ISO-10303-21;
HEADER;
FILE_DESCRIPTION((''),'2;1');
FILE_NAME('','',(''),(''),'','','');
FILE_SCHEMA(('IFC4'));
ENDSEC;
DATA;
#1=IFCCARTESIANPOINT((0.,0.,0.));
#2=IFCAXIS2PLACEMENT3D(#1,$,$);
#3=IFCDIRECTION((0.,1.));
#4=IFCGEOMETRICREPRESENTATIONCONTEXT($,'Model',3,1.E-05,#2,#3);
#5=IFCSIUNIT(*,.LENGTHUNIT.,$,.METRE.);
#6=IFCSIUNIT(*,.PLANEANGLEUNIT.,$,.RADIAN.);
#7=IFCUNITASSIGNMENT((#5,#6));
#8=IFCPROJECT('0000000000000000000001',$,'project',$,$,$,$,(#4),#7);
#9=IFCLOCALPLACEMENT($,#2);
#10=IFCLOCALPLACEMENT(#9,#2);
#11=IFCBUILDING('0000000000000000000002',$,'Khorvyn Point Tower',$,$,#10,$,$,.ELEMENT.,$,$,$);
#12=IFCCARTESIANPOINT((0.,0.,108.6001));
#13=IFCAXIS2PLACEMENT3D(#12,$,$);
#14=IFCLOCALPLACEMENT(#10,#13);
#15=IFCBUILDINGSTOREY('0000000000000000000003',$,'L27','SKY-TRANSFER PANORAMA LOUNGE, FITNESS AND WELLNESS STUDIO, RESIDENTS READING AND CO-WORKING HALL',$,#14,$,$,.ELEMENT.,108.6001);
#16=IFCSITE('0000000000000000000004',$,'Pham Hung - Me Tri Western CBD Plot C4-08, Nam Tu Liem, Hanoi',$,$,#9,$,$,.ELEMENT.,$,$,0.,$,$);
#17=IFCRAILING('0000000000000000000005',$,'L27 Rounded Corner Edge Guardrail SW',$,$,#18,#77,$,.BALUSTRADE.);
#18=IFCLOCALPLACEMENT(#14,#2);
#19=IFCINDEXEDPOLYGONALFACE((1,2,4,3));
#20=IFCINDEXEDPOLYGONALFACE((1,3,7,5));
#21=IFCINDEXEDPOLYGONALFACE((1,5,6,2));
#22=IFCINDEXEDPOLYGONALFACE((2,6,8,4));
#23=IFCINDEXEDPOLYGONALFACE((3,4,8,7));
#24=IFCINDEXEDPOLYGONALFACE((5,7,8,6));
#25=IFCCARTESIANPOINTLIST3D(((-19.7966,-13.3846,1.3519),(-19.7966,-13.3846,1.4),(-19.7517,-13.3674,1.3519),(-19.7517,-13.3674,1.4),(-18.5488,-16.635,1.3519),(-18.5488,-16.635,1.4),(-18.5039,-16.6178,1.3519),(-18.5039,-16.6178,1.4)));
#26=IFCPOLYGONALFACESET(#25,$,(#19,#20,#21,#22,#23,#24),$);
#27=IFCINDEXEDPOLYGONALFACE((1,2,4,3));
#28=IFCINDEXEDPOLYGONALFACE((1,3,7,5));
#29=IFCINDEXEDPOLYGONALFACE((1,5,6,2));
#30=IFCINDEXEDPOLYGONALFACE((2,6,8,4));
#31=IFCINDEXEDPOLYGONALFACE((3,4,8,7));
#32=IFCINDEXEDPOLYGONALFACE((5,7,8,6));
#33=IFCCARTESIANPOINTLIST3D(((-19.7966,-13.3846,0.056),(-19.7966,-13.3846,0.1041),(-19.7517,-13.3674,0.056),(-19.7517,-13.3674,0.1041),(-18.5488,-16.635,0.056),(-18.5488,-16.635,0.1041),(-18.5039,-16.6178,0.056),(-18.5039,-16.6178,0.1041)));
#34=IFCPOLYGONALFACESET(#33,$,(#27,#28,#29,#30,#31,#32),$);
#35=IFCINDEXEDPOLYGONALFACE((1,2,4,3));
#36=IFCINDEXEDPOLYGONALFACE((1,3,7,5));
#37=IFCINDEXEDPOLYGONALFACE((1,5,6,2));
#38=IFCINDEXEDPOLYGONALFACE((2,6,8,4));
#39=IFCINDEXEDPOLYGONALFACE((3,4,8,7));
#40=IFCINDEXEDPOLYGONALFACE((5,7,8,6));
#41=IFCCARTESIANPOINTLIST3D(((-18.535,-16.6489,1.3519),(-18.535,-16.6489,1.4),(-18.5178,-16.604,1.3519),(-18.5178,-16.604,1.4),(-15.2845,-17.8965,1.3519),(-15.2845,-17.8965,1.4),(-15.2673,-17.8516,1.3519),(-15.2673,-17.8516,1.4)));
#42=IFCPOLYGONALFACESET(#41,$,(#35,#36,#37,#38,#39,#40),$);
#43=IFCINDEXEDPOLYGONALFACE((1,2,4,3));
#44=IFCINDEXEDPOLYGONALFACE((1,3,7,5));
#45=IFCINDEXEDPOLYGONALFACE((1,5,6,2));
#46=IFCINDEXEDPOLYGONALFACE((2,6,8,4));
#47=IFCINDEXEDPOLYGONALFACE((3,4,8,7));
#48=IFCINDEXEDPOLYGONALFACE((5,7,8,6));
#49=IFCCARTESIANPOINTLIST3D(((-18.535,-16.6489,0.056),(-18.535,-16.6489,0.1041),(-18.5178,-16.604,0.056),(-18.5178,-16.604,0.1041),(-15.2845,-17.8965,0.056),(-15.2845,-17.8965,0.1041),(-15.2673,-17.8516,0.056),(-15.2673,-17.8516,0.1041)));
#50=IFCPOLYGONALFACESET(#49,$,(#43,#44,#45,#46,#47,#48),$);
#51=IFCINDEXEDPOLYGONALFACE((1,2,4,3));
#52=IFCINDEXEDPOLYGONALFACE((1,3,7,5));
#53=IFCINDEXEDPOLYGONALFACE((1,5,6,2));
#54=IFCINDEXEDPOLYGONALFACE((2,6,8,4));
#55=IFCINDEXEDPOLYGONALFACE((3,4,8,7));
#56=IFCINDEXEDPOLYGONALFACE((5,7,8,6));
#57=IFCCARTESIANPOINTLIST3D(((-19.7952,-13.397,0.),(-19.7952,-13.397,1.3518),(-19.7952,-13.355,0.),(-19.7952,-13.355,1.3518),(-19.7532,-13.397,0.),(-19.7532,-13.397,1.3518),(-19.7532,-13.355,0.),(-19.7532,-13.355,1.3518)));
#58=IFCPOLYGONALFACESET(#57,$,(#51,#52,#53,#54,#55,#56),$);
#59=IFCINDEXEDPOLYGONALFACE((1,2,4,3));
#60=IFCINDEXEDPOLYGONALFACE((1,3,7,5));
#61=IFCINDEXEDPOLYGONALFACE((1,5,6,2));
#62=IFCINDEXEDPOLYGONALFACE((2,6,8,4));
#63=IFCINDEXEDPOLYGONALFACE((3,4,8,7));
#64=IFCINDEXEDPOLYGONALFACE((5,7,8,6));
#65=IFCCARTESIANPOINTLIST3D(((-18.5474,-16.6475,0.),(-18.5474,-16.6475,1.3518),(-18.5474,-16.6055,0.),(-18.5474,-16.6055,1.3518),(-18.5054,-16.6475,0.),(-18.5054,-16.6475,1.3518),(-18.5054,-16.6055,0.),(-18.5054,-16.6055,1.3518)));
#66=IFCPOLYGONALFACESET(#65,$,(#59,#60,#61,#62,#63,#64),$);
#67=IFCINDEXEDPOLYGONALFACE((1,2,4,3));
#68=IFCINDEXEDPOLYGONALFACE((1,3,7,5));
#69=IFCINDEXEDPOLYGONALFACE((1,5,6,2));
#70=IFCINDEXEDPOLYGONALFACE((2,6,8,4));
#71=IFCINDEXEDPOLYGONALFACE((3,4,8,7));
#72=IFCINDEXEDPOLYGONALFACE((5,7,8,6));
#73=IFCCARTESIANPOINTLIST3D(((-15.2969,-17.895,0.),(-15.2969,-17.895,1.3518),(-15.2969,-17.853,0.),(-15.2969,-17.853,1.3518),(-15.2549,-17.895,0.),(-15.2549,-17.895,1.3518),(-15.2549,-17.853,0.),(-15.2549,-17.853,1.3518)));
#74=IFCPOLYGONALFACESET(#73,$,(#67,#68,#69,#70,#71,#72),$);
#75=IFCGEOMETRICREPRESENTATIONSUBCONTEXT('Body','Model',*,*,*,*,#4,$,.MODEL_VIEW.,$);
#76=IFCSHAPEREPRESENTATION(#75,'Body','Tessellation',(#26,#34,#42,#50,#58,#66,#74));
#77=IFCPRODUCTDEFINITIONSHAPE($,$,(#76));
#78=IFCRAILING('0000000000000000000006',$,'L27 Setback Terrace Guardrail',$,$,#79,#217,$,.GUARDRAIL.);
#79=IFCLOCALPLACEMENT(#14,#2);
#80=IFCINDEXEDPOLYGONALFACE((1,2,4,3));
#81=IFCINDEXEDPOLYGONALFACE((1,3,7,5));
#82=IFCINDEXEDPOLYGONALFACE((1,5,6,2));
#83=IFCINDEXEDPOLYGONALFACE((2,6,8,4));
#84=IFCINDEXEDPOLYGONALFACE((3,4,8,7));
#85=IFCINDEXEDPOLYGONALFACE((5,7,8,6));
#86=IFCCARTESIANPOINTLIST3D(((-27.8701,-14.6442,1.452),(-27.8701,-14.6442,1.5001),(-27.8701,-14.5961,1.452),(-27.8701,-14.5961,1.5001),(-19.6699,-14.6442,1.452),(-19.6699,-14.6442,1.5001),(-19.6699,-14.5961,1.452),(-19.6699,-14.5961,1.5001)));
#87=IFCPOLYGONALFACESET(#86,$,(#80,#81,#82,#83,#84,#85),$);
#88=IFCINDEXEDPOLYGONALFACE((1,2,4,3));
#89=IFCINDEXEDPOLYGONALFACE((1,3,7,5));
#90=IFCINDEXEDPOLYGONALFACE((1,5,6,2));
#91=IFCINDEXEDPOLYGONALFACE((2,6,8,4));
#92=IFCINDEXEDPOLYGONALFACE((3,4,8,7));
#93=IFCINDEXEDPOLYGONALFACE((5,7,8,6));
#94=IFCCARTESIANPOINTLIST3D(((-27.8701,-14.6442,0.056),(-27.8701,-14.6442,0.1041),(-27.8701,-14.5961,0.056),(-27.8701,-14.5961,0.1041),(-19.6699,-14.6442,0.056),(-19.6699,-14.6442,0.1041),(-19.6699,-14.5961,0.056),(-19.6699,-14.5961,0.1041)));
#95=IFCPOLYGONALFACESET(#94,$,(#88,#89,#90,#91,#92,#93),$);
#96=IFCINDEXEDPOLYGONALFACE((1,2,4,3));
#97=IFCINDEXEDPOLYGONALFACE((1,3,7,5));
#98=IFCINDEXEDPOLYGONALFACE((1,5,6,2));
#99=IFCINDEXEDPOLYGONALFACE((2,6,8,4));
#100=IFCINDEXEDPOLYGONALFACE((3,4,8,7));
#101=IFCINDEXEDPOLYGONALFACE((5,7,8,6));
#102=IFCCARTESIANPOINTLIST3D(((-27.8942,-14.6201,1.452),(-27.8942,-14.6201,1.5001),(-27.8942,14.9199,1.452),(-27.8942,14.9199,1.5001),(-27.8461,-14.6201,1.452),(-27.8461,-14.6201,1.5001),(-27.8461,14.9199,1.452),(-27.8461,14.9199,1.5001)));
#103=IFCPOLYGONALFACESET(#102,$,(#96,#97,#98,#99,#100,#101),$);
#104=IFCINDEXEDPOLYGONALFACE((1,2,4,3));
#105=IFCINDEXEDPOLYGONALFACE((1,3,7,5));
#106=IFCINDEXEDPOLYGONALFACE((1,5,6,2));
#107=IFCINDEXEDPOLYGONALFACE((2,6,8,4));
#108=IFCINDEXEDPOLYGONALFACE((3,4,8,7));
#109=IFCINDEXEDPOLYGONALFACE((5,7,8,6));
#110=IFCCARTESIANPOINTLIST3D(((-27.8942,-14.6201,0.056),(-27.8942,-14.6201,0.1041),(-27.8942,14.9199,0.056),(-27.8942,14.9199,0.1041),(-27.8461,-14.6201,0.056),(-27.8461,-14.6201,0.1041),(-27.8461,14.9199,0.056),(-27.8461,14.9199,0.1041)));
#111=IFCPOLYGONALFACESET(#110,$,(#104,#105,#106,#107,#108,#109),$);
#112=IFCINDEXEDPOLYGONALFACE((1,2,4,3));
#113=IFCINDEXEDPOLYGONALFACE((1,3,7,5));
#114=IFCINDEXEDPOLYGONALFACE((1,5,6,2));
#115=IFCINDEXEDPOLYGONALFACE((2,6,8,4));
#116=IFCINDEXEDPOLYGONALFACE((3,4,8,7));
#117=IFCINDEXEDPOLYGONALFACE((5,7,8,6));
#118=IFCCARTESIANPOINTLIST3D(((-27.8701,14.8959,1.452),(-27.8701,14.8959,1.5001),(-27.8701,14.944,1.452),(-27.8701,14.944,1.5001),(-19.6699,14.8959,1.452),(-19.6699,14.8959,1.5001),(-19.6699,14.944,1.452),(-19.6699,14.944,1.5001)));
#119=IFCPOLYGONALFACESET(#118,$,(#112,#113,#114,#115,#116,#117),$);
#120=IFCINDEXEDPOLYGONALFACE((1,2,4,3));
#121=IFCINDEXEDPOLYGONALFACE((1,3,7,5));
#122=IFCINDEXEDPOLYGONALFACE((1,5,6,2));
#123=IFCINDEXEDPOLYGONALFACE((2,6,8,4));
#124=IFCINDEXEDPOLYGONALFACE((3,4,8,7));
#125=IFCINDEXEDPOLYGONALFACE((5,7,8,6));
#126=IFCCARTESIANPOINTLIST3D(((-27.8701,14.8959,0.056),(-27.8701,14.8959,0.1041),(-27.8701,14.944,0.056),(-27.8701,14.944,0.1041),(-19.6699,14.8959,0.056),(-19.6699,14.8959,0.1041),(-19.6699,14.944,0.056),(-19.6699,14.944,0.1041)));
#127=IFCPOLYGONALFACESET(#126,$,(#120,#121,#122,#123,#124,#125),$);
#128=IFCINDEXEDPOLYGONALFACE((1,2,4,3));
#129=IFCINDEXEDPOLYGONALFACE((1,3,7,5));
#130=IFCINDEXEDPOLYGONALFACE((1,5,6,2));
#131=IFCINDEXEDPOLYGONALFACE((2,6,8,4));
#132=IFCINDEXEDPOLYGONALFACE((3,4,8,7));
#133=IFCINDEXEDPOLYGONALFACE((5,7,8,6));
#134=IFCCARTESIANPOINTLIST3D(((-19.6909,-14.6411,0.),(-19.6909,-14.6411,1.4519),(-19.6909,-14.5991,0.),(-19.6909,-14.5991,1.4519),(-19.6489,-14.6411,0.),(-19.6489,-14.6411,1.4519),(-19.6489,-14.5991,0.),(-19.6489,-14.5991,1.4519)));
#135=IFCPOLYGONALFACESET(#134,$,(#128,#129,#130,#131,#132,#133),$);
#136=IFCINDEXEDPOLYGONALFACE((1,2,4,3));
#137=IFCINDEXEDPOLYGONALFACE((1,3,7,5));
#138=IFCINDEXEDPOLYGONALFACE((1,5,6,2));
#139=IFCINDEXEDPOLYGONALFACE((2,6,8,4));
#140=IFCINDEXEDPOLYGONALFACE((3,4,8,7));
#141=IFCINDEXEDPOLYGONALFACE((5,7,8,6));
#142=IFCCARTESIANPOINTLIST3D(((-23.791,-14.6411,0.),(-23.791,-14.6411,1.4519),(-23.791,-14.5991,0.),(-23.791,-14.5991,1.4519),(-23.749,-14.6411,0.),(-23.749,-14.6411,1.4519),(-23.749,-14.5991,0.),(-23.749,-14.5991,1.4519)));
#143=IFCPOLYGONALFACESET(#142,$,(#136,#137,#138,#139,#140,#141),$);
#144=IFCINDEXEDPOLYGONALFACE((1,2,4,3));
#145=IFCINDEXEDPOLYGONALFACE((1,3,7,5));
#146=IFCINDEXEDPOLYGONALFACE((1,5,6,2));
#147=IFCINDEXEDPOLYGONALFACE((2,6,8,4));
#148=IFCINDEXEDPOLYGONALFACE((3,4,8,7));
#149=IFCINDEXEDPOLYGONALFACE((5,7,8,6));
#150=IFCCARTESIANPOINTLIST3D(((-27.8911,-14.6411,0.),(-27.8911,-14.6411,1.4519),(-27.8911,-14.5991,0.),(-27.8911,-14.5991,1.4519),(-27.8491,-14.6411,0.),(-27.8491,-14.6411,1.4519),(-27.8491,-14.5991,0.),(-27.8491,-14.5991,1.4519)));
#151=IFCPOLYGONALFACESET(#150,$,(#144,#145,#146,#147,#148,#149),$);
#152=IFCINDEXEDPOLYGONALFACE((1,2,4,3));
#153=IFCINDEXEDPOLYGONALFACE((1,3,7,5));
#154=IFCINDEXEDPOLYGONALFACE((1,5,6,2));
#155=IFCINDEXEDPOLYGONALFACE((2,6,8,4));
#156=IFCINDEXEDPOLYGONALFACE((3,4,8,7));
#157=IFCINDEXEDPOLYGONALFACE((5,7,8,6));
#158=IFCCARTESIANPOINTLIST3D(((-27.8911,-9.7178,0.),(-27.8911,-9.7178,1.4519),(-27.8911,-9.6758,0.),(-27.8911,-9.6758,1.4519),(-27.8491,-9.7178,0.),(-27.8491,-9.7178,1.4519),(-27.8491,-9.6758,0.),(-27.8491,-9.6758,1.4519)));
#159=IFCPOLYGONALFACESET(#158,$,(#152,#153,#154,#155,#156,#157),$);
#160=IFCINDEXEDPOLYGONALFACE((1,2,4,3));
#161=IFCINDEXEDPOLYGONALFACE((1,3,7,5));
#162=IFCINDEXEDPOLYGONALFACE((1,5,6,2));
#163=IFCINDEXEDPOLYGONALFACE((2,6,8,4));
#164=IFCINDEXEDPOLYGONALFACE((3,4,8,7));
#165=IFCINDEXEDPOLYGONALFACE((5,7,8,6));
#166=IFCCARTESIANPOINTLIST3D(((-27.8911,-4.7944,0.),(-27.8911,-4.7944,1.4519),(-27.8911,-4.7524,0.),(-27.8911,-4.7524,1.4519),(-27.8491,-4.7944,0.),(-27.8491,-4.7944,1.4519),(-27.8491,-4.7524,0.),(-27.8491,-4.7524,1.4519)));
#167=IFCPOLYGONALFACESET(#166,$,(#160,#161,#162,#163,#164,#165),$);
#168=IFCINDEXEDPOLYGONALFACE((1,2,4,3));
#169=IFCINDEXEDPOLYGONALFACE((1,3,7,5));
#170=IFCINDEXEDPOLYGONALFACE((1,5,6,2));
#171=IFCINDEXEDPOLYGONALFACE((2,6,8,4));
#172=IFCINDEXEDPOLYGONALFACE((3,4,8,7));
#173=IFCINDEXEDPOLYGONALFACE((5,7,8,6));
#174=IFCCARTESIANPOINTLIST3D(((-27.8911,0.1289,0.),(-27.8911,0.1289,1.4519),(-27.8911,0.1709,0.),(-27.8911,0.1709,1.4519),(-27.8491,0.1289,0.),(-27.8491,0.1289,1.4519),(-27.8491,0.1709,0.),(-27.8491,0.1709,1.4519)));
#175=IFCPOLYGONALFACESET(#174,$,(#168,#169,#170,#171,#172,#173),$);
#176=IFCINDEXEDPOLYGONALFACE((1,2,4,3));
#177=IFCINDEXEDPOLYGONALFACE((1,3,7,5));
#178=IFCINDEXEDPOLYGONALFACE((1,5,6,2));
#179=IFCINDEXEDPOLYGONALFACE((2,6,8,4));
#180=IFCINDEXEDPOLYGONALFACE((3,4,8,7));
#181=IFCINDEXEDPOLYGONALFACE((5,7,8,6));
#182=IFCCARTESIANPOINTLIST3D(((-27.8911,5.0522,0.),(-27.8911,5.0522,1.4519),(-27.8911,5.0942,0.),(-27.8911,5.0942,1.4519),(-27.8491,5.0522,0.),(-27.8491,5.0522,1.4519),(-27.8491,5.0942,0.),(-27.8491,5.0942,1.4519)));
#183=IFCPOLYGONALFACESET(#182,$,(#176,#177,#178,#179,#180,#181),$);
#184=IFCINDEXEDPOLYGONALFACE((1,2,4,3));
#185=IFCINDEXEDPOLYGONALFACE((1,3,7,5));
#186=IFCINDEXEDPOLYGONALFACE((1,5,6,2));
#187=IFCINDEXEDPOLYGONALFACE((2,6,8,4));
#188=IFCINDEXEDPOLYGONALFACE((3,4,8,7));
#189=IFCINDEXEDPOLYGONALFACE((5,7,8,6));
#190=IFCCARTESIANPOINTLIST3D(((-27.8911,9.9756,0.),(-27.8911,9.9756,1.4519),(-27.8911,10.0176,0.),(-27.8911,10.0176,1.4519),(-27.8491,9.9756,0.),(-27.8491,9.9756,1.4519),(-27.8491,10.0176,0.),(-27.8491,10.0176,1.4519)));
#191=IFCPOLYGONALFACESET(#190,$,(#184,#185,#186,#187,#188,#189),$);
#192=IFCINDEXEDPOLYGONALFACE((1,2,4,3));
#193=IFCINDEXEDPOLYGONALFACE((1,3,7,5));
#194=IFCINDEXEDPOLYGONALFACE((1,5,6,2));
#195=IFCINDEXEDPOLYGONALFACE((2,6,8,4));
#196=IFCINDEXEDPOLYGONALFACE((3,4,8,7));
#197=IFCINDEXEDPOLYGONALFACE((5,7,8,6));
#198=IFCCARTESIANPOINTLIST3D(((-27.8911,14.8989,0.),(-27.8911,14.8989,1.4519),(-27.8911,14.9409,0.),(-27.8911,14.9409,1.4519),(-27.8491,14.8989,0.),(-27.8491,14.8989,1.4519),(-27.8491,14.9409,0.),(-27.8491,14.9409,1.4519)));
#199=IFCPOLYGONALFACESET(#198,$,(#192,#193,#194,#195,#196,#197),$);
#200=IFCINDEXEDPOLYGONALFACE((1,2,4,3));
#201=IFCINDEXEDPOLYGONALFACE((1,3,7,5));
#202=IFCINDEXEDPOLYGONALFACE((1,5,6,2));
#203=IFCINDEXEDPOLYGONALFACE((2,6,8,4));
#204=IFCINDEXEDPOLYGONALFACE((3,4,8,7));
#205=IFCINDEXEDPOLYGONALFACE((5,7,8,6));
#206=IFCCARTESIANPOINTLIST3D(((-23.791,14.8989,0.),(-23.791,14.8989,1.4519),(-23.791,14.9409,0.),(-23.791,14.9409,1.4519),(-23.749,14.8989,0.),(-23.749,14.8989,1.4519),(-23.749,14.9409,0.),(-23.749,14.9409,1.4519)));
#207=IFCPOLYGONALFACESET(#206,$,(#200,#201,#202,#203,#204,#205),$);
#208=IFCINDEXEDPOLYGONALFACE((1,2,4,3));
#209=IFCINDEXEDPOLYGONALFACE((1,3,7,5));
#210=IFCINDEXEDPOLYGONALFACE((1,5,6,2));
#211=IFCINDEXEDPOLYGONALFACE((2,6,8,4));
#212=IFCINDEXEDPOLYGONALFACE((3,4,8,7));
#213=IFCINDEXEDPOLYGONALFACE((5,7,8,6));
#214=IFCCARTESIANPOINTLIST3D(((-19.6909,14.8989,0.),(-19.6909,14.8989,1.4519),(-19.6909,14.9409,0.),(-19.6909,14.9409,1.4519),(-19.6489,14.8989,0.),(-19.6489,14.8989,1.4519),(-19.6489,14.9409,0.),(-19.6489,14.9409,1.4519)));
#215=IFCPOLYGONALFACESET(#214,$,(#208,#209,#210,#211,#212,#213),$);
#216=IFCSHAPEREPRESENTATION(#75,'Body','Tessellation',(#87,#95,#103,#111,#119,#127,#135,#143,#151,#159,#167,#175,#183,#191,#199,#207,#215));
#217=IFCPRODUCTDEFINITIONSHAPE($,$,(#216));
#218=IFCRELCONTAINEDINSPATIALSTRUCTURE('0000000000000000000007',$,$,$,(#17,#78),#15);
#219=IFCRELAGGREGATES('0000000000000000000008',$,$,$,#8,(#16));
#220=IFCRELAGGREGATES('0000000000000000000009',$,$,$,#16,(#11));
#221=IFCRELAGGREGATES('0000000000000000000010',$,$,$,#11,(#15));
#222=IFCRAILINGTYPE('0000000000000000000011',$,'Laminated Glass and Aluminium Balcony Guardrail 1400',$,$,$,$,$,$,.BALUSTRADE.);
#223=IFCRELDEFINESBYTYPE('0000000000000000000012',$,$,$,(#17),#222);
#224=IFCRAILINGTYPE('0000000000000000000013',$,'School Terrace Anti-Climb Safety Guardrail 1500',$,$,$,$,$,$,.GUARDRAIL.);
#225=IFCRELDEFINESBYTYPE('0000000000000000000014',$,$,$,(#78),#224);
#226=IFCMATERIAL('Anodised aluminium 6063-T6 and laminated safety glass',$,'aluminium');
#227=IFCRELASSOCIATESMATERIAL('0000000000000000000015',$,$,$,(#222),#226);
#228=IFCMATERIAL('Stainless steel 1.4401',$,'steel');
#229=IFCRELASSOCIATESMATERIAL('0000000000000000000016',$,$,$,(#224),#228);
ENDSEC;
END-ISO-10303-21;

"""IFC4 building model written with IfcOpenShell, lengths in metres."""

from ifc_helpers import new_model, si_unit, direction, frame, origin, origin_2d, place, context, subcontext, project, spatial, rectangle, extrude, material, type_object, element, save


model = new_model("IFC4")

# Units and contexts
model_context = context("Model", 3, precision=1e-05, world=origin(), true_north=direction((0.0, 1.0)))
body_context = subcontext(model_context, "Body", "Model", "MODEL_VIEW")
ifc_project = project(units=[si_unit("LENGTHUNIT", "METRE"), si_unit("PLANEANGLEUNIT", "RADIAN")], contexts=[model_context])

# Site, building, storey
site_placement = place(None, origin())
site = spatial("IfcSite", under=ifc_project, at=site_placement, Name="Pham Hung - Me Tri Western CBD Plot C4-08, Nam Tu Liem, Hanoi", CompositionType="ELEMENT", RefElevation=0.0)
building_placement = place(site_placement, origin())
building = spatial("IfcBuilding", under=site, at=building_placement, Name="Khorvyn Point Tower", CompositionType="ELEMENT")
storey_placement = place(building_placement, frame((0.0, 0.0, 108.6001)))
storey = spatial("IfcBuildingStorey", under=building, at=storey_placement, Name="L27", Description="SKY-TRANSFER PANORAMA LOUNGE, FITNESS AND WELLNESS STUDIO, RESIDENTS READING AND CO-WORKING HALL", CompositionType="ELEMENT", Elevation=108.6001)

# Railings
ifc_material_1 = material(Name="Anodised aluminium 6063-T6 and laminated safety glass", Category="aluminium")
railing_type_1 = type_object("IfcRailingType", Name="Laminated Glass and Aluminium Balcony Guardrail 1400", PredefinedType="BALUSTRADE", material=ifc_material_1)
railing_1_placement = place(storey_placement, frame((-19.7742, -13.376, 0.0)))
element("IfcRailing", 1, at=railing_1_placement, inside=storey, type_object=railing_type_1, Name="L27 Rounded Corner Edge Guardrail SW", PredefinedType="BALUSTRADE", context=body_context, shape_type="SweptSolid", body=[
    extrude(rectangle(XDim=0.0481, YDim=0.0481, at=origin_2d()), frame((0.0, 0.0, 1.376), z_axis=(0.358382, -0.933575, 0.0), x_axis=(0.933575, 0.358382, 0.0)), (0.0, 0.0, 1.0), 3.4817),
    extrude(rectangle(XDim=0.0481, YDim=0.0481, at=origin_2d()), frame((0.0, 0.0, 0.0801), z_axis=(0.358382, -0.933575, 0.0), x_axis=(0.933575, 0.358382, 0.0)), (0.0, 0.0, 1.0), 3.4817),
    extrude(rectangle(XDim=0.0481, YDim=0.0481, at=origin_2d()), frame((1.2478, -3.2505, 1.376), z_axis=(0.933598, -0.358321, 0.0), x_axis=(0.358321, 0.933598, 0.0)), (0.0, 0.0, 1.0), 3.4817),
    extrude(rectangle(XDim=0.0481, YDim=0.0481, at=origin_2d()), frame((1.2478, -3.2505, 0.0801), z_axis=(0.933598, -0.358321, 0.0), x_axis=(0.358321, 0.933598, 0.0)), (0.0, 0.0, 1.0), 3.4817),
    extrude(rectangle(XDim=0.042, YDim=0.042, at=origin_2d()), origin(), (0.0, 0.0, 1.0), 1.3518),
    extrude(rectangle(XDim=0.042, YDim=0.042, at=origin_2d()), frame((1.2478, -3.2505, 0.0)), (0.0, 0.0, 1.0), 1.3518),
    extrude(rectangle(XDim=0.042, YDim=0.042, at=origin_2d()), frame((4.4983, -4.498, 0.0)), (0.0, 0.0, 1.0), 1.3518),
])
ifc_material_2 = material(Name="Stainless steel 1.4401", Category="steel")
railing_type_2 = type_object("IfcRailingType", Name="School Terrace Anti-Climb Safety Guardrail 1500", PredefinedType="GUARDRAIL", material=ifc_material_2)
railing_2_placement = place(storey_placement, frame((-19.6699, -14.6201, 0.0)))
element("IfcRailing", 2, at=railing_2_placement, inside=storey, type_object=railing_type_2, Name="L27 Setback Terrace Guardrail", PredefinedType="GUARDRAIL", context=body_context, shape_type="SweptSolid", body=[
    extrude(rectangle(XDim=0.0481, YDim=0.0481, at=origin_2d()), frame((0.0, 0.0, 1.4761), z_axis=(-1.0, 0.0, 0.0), x_axis=(0.0, -1.0, 0.0)), (0.0, 0.0, 1.0), 8.2002),
    extrude(rectangle(XDim=0.0481, YDim=0.0481, at=origin_2d()), frame((0.0, 0.0, 0.0801), z_axis=(-1.0, 0.0, 0.0), x_axis=(0.0, -1.0, 0.0)), (0.0, 0.0, 1.0), 8.2002),
    extrude(rectangle(XDim=0.0481, YDim=0.0481, at=origin_2d()), frame((-8.2002, 0.0, 1.4761), z_axis=(0.0, 1.0, 0.0), x_axis=(-1.0, 0.0, 0.0)), (0.0, 0.0, 1.0), 29.54),
    extrude(rectangle(XDim=0.0481, YDim=0.0481, at=origin_2d()), frame((-8.2002, 0.0, 0.0801), z_axis=(0.0, 1.0, 0.0), x_axis=(-1.0, 0.0, 0.0)), (0.0, 0.0, 1.0), 29.54),
    extrude(rectangle(XDim=0.0481, YDim=0.0481, at=origin_2d()), frame((-8.2002, 29.54, 1.4761), z_axis=(1.0, 0.0, 0.0), x_axis=(0.0, 1.0, 0.0)), (0.0, 0.0, 1.0), 8.2002),
    extrude(rectangle(XDim=0.0481, YDim=0.0481, at=origin_2d()), frame((-8.2002, 29.54, 0.0801), z_axis=(1.0, 0.0, 0.0), x_axis=(0.0, 1.0, 0.0)), (0.0, 0.0, 1.0), 8.2002),
    extrude(rectangle(XDim=0.042, YDim=0.042, at=origin_2d()), origin(), (0.0, 0.0, 1.0), 1.4519),
    extrude(rectangle(XDim=0.042, YDim=0.042, at=origin_2d()), frame((-4.1001, 0.0, 0.0)), (0.0, 0.0, 1.0), 1.4519),
    extrude(rectangle(XDim=0.042, YDim=0.042, at=origin_2d()), frame((-8.2002, 0.0, 0.0)), (0.0, 0.0, 1.0), 1.4519),
    extrude(rectangle(XDim=0.042, YDim=0.042, at=origin_2d()), frame((-8.2002, 4.9233, 0.0)), (0.0, 0.0, 1.0), 1.4519),
    extrude(rectangle(XDim=0.042, YDim=0.042, at=origin_2d()), frame((-8.2002, 9.8467, 0.0)), (0.0, 0.0, 1.0), 1.4519),
    extrude(rectangle(XDim=0.042, YDim=0.042, at=origin_2d()), frame((-8.2002, 14.77, 0.0)), (0.0, 0.0, 1.0), 1.4519),
    extrude(rectangle(XDim=0.042, YDim=0.042, at=origin_2d()), frame((-8.2002, 19.6934, 0.0)), (0.0, 0.0, 1.0), 1.4519),
    extrude(rectangle(XDim=0.042, YDim=0.042, at=origin_2d()), frame((-8.2002, 24.6167, 0.0)), (0.0, 0.0, 1.0), 1.4519),
    extrude(rectangle(XDim=0.042, YDim=0.042, at=origin_2d()), frame((-8.2002, 29.54, 0.0)), (0.0, 0.0, 1.0), 1.4519),
    extrude(rectangle(XDim=0.042, YDim=0.042, at=origin_2d()), frame((-4.1001, 29.54, 0.0)), (0.0, 0.0, 1.0), 1.4519),
    extrude(rectangle(XDim=0.042, YDim=0.042, at=origin_2d()), frame((0.0, 29.54, 0.0)), (0.0, 0.0, 1.0), 1.4519),
])

save(model, "model.ifc")
